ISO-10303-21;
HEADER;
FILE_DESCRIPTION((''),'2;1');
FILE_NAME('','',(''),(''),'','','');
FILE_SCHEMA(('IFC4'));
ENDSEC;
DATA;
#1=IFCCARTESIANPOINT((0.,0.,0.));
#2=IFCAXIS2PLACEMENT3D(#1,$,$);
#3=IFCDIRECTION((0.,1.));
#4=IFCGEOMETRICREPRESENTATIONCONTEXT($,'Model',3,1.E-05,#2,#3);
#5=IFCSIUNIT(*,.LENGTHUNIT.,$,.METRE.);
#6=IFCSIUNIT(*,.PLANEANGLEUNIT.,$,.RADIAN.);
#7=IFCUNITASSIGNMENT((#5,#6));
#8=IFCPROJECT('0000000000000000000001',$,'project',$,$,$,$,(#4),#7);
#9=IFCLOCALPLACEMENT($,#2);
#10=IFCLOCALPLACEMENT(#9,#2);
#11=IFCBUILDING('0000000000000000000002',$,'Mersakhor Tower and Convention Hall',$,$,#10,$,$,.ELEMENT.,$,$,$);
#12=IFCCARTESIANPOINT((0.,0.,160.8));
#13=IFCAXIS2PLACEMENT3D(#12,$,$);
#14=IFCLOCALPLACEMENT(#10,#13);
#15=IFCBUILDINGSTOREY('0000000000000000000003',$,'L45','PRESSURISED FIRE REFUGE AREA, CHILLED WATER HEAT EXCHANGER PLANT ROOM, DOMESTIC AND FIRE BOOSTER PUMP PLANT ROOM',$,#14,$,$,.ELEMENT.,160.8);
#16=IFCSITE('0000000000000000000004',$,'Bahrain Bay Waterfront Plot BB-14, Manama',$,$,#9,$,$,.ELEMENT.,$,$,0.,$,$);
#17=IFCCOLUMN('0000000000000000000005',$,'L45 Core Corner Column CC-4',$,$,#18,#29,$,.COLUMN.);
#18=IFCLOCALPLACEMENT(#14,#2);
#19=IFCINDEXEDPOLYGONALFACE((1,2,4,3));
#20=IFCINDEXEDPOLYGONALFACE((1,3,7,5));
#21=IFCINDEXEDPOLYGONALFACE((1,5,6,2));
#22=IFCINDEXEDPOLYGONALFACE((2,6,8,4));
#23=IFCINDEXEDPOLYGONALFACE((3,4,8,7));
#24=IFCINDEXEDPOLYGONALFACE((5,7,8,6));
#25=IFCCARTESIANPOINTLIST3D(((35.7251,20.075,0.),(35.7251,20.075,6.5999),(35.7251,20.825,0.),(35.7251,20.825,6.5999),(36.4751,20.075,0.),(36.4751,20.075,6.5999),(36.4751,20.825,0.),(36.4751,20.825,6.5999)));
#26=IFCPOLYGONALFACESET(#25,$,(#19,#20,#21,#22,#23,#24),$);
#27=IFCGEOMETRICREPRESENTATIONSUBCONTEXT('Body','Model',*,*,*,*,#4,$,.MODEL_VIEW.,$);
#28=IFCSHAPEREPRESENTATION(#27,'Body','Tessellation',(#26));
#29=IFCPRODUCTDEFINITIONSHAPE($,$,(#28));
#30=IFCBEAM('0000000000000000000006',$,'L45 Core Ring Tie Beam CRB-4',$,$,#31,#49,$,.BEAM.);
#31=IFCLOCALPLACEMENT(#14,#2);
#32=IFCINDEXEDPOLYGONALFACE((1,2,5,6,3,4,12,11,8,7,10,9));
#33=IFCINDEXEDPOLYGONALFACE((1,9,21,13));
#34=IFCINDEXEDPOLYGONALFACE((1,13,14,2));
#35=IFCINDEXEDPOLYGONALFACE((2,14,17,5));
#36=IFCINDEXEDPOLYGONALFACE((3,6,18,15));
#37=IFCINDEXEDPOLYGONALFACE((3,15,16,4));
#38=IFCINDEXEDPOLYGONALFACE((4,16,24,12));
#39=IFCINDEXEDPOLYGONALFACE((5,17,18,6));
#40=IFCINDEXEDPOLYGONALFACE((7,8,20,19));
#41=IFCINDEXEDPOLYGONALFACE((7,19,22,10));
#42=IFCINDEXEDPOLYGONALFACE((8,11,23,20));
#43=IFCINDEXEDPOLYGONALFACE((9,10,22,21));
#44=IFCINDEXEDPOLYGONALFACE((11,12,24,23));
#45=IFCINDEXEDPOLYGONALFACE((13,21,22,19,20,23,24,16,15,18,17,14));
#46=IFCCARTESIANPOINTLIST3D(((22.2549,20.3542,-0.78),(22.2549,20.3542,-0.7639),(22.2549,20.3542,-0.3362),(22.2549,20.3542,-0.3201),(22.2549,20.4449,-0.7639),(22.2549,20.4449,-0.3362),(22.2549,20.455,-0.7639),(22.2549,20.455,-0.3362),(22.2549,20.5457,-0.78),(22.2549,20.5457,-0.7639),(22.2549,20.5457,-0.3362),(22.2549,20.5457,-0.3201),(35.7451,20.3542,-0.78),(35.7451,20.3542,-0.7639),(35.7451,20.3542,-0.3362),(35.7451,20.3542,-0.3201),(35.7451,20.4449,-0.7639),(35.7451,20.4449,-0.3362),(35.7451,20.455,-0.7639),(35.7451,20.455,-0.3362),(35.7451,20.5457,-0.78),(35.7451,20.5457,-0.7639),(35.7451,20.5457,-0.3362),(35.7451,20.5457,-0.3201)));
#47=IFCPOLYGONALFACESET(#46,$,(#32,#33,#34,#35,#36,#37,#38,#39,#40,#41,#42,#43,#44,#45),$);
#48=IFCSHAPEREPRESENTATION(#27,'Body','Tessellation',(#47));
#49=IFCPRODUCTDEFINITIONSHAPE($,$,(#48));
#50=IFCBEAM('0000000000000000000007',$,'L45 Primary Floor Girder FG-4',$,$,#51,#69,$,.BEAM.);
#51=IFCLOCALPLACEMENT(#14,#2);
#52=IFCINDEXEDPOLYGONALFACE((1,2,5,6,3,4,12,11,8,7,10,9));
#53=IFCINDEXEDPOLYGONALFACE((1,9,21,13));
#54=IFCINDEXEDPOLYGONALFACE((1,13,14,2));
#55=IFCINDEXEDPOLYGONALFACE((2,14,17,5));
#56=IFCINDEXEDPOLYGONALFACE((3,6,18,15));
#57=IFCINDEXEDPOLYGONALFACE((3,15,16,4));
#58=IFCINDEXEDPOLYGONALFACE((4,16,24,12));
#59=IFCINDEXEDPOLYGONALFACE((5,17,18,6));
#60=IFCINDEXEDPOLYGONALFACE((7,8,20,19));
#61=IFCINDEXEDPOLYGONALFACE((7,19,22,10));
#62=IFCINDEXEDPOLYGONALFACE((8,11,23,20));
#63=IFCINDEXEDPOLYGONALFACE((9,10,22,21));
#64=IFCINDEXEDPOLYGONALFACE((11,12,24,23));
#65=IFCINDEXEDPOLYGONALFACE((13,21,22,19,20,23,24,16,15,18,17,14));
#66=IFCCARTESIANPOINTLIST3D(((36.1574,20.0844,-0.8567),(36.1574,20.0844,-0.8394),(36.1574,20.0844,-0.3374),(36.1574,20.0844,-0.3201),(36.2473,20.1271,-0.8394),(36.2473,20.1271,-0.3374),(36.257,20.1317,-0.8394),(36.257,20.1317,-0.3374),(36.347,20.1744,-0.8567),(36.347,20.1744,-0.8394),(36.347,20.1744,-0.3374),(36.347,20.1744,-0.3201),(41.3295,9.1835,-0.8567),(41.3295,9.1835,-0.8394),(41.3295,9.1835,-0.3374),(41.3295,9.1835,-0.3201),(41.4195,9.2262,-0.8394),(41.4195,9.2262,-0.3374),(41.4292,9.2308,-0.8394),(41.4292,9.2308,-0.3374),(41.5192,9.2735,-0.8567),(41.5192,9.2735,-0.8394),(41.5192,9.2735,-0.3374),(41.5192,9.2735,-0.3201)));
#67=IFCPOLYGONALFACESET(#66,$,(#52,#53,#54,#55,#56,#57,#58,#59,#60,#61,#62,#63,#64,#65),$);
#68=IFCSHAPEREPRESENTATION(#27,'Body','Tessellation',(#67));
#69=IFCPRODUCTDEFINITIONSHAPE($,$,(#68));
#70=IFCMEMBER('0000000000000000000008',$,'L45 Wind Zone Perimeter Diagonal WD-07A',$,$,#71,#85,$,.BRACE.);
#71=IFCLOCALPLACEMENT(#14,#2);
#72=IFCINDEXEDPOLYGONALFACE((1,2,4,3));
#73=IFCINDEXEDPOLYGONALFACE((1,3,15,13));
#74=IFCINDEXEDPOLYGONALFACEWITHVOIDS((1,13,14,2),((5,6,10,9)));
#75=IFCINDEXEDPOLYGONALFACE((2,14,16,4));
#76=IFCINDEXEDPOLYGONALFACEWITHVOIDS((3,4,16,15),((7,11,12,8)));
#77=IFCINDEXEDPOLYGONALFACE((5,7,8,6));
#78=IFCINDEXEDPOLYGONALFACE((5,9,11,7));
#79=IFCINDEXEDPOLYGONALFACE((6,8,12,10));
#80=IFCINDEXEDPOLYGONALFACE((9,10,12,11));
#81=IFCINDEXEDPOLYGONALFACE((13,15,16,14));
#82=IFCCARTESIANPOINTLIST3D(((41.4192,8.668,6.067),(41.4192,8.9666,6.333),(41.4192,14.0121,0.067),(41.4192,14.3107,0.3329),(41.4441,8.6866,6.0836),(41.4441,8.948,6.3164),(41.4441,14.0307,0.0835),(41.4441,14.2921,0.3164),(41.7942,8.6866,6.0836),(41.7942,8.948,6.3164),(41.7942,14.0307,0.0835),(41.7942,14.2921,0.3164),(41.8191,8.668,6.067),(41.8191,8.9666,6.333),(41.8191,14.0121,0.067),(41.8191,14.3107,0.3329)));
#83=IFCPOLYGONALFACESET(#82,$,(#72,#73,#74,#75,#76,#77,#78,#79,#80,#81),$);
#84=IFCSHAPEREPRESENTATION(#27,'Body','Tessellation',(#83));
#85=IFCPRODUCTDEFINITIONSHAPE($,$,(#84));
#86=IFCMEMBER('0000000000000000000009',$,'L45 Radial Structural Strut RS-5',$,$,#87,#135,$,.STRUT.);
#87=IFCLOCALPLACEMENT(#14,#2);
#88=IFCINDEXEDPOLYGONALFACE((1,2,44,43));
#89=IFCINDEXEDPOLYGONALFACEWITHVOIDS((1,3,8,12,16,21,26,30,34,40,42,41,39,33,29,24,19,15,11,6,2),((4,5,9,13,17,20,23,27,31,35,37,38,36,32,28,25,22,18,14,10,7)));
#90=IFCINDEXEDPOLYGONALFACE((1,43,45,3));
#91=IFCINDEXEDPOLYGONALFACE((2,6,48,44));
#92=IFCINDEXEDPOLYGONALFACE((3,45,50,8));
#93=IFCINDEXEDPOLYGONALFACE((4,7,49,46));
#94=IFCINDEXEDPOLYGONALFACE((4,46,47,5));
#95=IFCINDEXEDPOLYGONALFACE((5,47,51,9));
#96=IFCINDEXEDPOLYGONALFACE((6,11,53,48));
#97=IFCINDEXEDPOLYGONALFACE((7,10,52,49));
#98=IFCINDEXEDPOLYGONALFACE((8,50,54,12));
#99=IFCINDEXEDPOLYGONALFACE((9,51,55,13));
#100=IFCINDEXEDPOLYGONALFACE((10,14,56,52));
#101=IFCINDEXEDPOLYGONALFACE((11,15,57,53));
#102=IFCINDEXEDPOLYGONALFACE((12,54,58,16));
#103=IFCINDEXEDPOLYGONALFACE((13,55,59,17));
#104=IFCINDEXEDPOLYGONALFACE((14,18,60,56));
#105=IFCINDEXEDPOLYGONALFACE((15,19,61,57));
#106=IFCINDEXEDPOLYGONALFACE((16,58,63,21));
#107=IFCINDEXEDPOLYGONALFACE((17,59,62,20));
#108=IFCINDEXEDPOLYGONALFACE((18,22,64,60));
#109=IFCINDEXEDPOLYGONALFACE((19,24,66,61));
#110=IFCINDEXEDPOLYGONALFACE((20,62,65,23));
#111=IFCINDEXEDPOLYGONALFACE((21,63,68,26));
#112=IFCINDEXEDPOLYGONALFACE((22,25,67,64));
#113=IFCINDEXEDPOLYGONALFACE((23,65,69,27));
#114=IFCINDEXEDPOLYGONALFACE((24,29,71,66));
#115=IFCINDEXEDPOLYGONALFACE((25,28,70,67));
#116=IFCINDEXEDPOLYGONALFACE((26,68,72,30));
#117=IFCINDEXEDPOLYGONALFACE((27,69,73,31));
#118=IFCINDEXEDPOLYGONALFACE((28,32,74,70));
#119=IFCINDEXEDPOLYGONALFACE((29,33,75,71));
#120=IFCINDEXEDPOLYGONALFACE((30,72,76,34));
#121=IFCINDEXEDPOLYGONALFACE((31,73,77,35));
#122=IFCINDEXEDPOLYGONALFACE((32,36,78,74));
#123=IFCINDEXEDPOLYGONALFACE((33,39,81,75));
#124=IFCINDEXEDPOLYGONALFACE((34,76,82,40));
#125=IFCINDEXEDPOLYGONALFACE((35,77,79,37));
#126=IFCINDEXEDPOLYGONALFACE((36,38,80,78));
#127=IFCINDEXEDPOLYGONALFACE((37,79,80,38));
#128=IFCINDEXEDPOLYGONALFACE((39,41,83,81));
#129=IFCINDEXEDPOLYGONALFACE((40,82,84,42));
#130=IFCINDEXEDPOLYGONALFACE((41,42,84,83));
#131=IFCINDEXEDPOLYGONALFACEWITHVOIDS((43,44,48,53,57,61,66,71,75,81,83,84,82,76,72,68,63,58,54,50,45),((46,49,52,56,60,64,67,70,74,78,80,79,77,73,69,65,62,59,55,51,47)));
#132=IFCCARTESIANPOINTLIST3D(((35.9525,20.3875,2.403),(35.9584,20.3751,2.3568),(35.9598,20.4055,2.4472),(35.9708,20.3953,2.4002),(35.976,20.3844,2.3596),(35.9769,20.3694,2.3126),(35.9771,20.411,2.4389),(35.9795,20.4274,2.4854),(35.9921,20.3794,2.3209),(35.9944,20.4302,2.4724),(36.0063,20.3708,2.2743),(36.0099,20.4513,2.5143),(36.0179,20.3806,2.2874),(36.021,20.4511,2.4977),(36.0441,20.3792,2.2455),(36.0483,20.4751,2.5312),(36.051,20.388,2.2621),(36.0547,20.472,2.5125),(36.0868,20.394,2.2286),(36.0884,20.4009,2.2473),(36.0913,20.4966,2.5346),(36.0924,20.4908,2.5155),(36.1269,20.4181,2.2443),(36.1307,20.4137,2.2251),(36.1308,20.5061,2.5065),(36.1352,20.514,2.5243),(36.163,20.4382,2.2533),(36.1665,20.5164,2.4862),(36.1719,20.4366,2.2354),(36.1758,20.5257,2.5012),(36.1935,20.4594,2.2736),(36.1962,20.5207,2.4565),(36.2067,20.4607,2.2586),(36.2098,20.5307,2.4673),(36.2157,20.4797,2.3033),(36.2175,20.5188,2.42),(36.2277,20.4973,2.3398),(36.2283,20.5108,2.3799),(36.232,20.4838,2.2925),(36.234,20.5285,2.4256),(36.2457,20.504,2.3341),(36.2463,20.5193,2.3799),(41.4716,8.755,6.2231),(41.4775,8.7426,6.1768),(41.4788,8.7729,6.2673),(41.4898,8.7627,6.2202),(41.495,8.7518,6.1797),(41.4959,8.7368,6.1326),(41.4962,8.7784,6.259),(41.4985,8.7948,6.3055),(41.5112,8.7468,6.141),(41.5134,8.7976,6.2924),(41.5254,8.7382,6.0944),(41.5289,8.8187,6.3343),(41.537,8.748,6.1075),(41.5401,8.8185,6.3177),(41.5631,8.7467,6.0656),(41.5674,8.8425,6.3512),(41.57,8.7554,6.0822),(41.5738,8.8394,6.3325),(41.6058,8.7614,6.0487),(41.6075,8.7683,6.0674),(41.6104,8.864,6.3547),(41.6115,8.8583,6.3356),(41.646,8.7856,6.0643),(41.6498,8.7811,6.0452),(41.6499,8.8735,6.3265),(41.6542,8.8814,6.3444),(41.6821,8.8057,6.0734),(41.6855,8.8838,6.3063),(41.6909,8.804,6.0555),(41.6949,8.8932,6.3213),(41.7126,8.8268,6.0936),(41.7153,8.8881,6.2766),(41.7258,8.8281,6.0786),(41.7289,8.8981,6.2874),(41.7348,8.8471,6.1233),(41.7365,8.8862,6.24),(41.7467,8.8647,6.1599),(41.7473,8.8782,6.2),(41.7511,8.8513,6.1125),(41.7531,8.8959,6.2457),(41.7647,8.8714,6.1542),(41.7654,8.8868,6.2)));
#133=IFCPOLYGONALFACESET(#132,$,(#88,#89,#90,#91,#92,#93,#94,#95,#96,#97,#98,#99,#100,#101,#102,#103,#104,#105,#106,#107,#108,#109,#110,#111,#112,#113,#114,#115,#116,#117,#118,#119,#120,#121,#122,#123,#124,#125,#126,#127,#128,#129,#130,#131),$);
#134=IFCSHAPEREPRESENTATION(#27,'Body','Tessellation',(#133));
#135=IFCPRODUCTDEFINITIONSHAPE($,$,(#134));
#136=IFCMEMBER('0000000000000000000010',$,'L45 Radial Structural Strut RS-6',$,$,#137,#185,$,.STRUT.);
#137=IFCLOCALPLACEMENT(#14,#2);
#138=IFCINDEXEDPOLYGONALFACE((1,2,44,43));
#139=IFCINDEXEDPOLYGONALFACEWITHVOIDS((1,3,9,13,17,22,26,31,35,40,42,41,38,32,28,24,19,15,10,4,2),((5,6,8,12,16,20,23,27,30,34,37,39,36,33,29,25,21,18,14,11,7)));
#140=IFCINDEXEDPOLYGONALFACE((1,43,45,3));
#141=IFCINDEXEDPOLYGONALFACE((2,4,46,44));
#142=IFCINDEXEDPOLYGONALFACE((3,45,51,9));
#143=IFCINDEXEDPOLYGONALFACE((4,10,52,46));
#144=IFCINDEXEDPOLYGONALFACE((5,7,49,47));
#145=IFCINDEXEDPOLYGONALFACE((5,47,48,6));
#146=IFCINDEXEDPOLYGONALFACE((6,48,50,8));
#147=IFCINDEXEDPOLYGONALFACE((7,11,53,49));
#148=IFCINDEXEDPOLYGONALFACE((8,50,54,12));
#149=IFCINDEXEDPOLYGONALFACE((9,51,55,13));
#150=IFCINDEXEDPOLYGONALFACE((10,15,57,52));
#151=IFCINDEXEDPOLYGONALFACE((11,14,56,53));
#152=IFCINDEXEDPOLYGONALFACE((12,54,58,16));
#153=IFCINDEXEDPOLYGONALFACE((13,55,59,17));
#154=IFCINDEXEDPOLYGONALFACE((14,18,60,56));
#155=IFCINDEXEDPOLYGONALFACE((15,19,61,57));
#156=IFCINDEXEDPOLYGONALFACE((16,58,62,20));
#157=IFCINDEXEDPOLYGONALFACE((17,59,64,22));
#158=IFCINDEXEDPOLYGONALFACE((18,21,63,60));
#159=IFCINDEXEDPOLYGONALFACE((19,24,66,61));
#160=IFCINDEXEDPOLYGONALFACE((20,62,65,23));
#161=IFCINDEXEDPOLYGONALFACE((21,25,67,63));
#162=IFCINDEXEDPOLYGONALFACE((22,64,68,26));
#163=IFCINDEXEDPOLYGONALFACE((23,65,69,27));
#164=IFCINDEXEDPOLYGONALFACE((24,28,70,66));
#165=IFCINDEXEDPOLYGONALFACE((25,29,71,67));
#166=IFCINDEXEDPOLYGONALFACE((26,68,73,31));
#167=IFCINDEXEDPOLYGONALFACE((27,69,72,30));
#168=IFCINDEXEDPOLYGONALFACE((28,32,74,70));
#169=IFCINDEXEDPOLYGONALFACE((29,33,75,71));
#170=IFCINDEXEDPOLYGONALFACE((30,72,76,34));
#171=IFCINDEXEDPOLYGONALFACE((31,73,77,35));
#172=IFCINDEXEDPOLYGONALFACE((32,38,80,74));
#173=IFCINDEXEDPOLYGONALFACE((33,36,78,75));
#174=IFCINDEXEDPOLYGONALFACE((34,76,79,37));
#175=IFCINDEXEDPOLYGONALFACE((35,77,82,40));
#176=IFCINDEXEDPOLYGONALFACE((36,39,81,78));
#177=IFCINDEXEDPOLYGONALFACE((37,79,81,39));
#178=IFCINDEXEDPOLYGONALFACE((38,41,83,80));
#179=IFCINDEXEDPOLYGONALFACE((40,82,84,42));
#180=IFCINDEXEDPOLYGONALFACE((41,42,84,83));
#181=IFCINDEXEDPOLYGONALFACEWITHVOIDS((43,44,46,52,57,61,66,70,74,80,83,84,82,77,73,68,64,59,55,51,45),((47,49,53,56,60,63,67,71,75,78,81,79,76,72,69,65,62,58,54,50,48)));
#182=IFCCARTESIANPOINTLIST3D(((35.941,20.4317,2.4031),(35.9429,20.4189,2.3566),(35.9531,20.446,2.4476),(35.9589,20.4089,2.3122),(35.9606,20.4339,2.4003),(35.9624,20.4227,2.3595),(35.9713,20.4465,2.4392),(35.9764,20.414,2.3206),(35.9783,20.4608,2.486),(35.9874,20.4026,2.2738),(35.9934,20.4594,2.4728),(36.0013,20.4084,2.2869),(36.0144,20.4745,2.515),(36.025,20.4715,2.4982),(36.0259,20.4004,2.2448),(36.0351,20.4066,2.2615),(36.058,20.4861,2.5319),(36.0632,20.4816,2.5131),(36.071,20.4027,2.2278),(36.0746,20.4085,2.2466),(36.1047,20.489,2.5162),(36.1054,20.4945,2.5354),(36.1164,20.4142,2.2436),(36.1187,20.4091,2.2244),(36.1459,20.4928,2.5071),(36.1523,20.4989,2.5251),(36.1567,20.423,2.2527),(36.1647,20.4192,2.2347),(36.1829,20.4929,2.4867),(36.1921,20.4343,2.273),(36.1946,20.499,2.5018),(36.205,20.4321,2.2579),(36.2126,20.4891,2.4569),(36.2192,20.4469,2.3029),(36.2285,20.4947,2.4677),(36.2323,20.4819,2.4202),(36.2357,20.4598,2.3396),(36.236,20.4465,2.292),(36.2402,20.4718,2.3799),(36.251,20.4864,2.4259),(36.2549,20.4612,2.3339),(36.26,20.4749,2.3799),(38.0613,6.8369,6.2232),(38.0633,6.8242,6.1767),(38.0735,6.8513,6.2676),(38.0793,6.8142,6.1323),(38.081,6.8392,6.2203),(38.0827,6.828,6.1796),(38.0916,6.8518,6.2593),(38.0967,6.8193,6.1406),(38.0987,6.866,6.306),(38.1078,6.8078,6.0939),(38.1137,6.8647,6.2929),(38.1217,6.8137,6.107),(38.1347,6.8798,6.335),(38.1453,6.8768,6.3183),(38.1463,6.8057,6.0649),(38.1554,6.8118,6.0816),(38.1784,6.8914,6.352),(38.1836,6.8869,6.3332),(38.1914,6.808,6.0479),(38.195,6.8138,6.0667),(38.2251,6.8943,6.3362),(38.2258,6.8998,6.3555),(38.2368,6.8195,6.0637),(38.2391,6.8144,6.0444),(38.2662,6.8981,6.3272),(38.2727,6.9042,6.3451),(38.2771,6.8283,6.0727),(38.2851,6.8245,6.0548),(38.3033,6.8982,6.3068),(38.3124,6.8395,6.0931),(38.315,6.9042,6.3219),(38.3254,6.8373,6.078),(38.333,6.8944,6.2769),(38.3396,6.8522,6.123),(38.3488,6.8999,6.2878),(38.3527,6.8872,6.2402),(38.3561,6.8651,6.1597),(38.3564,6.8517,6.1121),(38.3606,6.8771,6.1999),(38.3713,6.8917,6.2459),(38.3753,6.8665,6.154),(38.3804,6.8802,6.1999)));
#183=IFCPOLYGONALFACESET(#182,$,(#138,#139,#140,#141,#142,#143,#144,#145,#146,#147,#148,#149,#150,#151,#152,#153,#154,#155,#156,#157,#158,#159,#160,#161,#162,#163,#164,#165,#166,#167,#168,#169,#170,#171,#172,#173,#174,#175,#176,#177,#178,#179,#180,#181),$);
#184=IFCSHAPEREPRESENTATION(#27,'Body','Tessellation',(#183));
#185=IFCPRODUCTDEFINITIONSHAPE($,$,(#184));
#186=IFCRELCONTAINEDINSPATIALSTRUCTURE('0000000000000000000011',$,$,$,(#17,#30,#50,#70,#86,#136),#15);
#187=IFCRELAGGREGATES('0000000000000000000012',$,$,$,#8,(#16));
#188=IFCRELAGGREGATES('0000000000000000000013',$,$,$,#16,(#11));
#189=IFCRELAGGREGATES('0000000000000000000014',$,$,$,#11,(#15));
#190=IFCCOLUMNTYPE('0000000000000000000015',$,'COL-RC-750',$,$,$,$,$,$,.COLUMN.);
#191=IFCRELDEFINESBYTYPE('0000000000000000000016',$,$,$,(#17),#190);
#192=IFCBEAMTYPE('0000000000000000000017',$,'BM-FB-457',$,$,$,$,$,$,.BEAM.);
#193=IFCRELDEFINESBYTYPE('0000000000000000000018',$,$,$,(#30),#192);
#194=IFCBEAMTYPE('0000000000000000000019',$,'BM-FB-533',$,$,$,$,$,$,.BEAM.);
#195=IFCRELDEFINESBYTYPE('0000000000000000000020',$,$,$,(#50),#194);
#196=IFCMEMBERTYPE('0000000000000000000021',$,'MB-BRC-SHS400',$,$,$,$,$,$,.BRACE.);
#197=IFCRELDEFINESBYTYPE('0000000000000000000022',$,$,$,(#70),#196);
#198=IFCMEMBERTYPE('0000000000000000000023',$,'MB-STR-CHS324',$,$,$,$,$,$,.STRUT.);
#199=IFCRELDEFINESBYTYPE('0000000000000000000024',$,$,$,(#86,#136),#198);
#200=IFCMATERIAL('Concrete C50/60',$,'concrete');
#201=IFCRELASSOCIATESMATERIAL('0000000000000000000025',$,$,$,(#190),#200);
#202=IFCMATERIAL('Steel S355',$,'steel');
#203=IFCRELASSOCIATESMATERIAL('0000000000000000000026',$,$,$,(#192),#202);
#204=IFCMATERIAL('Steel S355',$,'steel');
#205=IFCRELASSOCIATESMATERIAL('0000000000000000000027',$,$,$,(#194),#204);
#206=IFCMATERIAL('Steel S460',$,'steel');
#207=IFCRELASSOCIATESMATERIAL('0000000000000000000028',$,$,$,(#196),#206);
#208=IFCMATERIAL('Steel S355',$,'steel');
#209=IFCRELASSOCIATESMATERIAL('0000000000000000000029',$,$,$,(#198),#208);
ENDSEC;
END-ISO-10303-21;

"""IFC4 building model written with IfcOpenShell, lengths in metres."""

from ifc_helpers import new_model, si_unit, direction, frame, origin, origin_2d, place, context, subcontext, project, spatial, rectangle, hollow_rectangle, hollow_circle, i_section, extrude, material, material_profile, profile_set, type_object, element, save


model = new_model("IFC4")

# Units and contexts
model_context = context("Model", 3, precision=1e-05, world=origin(), true_north=direction((0.0, 1.0)))
body_context = subcontext(model_context, "Body", "Model", "MODEL_VIEW")
ifc_project = project(units=[si_unit("LENGTHUNIT", "METRE"), si_unit("PLANEANGLEUNIT", "RADIAN")], contexts=[model_context])

# Site, building, storey
site_placement = place(None, origin())
site = spatial("IfcSite", under=ifc_project, at=site_placement, Name="Bahrain Bay Waterfront Plot BB-14, Manama", CompositionType="ELEMENT", RefElevation=0.0)
building_placement = place(site_placement, origin())
building = spatial("IfcBuilding", under=site, at=building_placement, Name="Mersakhor Tower and Convention Hall", CompositionType="ELEMENT")
storey_placement = place(building_placement, frame((0.0, 0.0, 160.8)))
storey = spatial("IfcBuildingStorey", under=building, at=storey_placement, Name="L45", Description="PRESSURISED FIRE REFUGE AREA, CHILLED WATER HEAT EXCHANGER PLANT ROOM, DOMESTIC AND FIRE BOOSTER PUMP PLANT ROOM", CompositionType="ELEMENT", Elevation=160.8)

# Column
ifc_material_1 = material(Name="Concrete C50/60", Category="concrete")
ifc_material_profile_1 = material_profile(ifc_material_1, rectangle(XDim=0.75, YDim=0.75, at=origin_2d()), Name="RC 750x750")
ifc_profile_set_1 = profile_set([ifc_material_profile_1], Name="Concrete C50/60")
column_type = type_object("IfcColumnType", Name="COL-RC-750", PredefinedType="COLUMN", material=ifc_profile_set_1)
column_placement = place(storey_placement, frame((36.1001, 20.45, 0.0), z_axis=(0.0, 0.0, 1.0), x_axis=(1.0, 0.0, 0.0)))
element("IfcColumn", 1, at=column_placement, inside=storey, type_object=column_type, Name="L45 Core Corner Column CC-4", PredefinedType="COLUMN", context=body_context, shape_type="SweptSolid", body=[
    extrude(rectangle(XDim=0.75, YDim=0.75, at=origin_2d()), origin(), (0.0, 0.0, 1.0), 6.5999),
])

# Beams
ifc_material_2 = material(Name="Steel S355", Category="steel")
ifc_material_profile_2 = material_profile(ifc_material_2, i_section(OverallWidth=0.1914, OverallDepth=0.46, WebThickness=0.01, FlangeThickness=0.0161, at=origin_2d()), Name="UB 457x191x82")
ifc_profile_set_2 = profile_set([ifc_material_profile_2], Name="Steel S355")
beam_type_1 = type_object("IfcBeamType", Name="BM-FB-457", PredefinedType="BEAM", material=ifc_profile_set_2)
beam_1_placement = place(storey_placement, frame((35.7451, 20.45, -0.55), z_axis=(-1.0, 0.0, 0.0), x_axis=(0.0, -1.0, 0.0)))
element("IfcBeam", 2, at=beam_1_placement, inside=storey, type_object=beam_type_1, Name="L45 Core Ring Tie Beam CRB-4", PredefinedType="BEAM", context=body_context, shape_type="SweptSolid", body=[
    extrude(i_section(OverallWidth=0.1914, OverallDepth=0.46, WebThickness=0.01, FlangeThickness=0.0161, at=origin_2d()), origin(), (0.0, 0.0, 1.0), 13.4902),
])
ifc_material_3 = material(Name="Steel S355", Category="steel")
ifc_material_profile_3 = material_profile(ifc_material_3, i_section(OverallWidth=0.21, OverallDepth=0.5366, WebThickness=0.0107, FlangeThickness=0.0173, at=origin_2d()), Name="UB 533x210x101")
ifc_profile_set_3 = profile_set([ifc_material_profile_3], Name="Steel S355")
beam_type_2 = type_object("IfcBeamType", Name="BM-FB-533", PredefinedType="BEAM", material=ifc_profile_set_3)
beam_2_placement = place(storey_placement, frame((36.2522, 20.1294, -0.5884), z_axis=(0.428665, -0.903464, 0.0), x_axis=(0.903464, 0.428665, 0.0)))
element("IfcBeam", 3, at=beam_2_placement, inside=storey, type_object=beam_type_2, Name="L45 Primary Floor Girder FG-4", PredefinedType="BEAM", context=body_context, shape_type="SweptSolid", body=[
    extrude(i_section(OverallWidth=0.21, OverallDepth=0.5366, WebThickness=0.0107, FlangeThickness=0.0173, at=origin_2d()), origin(), (0.0, 0.0, 1.0), 12.0657),
])

# Members
ifc_material_4 = material(Name="Steel S460", Category="steel")
ifc_material_profile_4 = material_profile(ifc_material_4, hollow_rectangle(XDim=0.3999, YDim=0.3999, WallThickness=0.0249, at=origin_2d()), Name="SHS 400x400x25")
ifc_profile_set_4 = profile_set([ifc_material_profile_4], Name="Steel S460")
member_type_1 = type_object("IfcMemberType", Name="MB-BRC-SHS400", PredefinedType="BRACE", material=ifc_profile_set_4)
member_1_placement = place(storey_placement, frame((41.6191, 14.1614, 0.2), z_axis=(0.0, -0.665105, 0.74675), x_axis=(1.0, 0.0, 0.0)))
element("IfcMember", 4, at=member_1_placement, inside=storey, type_object=member_type_1, Name="L45 Wind Zone Perimeter Diagonal WD-07A", PredefinedType="BRACE", context=body_context, shape_type="SweptSolid", body=[
    extrude(hollow_rectangle(XDim=0.3999, YDim=0.3999, WallThickness=0.0249, at=origin_2d()), origin(), (0.0, 0.0, 1.0), 8.0349),
])
ifc_material_5 = material(Name="Steel S355", Category="steel")
ifc_material_profile_5 = material_profile(ifc_material_5, hollow_circle(Radius=0.1619, WallThickness=0.02, at=origin_2d()), Name="CHS 323.9x20")
ifc_profile_set_5 = profile_set([ifc_material_profile_5], Name="Steel S355")
member_type_2 = type_object("IfcMemberType", Name="MB-STR-CHS324", PredefinedType="STRUT", material=ifc_profile_set_5)
member_2_placement = place(storey_placement, frame((36.1001, 20.45, 2.3799), z_axis=(0.410944, -0.866152, 0.284439), x_axis=(0.903471, 0.428649, 0.0)))
element("IfcMember", 5, at=member_2_placement, inside=storey, type_object=member_type_2, Name="L45 Radial Structural Strut RS-5", PredefinedType="STRUT", context=body_context, shape_type="SweptSolid", body=[
    extrude(hollow_circle(Radius=0.1619, WallThickness=0.02, at=origin_2d()), origin(), (0.0, 0.0, 1.0), 13.4302),
])
member_3_placement = place(storey_placement, frame((36.1001, 20.45, 2.3799), z_axis=(0.148489, -0.952042, 0.26752), x_axis=(0.988054, 0.154106, 0.0)))
element("IfcMember", 6, at=member_3_placement, inside=storey, type_object=member_type_2, Name="L45 Radial Structural Strut RS-6", PredefinedType="STRUT", context=body_context, shape_type="SweptSolid", body=[
    extrude(hollow_circle(Radius=0.1619, WallThickness=0.02, at=origin_2d()), origin(), (0.0, 0.0, 1.0), 14.2795),
])

save(model, "model.ifc")
